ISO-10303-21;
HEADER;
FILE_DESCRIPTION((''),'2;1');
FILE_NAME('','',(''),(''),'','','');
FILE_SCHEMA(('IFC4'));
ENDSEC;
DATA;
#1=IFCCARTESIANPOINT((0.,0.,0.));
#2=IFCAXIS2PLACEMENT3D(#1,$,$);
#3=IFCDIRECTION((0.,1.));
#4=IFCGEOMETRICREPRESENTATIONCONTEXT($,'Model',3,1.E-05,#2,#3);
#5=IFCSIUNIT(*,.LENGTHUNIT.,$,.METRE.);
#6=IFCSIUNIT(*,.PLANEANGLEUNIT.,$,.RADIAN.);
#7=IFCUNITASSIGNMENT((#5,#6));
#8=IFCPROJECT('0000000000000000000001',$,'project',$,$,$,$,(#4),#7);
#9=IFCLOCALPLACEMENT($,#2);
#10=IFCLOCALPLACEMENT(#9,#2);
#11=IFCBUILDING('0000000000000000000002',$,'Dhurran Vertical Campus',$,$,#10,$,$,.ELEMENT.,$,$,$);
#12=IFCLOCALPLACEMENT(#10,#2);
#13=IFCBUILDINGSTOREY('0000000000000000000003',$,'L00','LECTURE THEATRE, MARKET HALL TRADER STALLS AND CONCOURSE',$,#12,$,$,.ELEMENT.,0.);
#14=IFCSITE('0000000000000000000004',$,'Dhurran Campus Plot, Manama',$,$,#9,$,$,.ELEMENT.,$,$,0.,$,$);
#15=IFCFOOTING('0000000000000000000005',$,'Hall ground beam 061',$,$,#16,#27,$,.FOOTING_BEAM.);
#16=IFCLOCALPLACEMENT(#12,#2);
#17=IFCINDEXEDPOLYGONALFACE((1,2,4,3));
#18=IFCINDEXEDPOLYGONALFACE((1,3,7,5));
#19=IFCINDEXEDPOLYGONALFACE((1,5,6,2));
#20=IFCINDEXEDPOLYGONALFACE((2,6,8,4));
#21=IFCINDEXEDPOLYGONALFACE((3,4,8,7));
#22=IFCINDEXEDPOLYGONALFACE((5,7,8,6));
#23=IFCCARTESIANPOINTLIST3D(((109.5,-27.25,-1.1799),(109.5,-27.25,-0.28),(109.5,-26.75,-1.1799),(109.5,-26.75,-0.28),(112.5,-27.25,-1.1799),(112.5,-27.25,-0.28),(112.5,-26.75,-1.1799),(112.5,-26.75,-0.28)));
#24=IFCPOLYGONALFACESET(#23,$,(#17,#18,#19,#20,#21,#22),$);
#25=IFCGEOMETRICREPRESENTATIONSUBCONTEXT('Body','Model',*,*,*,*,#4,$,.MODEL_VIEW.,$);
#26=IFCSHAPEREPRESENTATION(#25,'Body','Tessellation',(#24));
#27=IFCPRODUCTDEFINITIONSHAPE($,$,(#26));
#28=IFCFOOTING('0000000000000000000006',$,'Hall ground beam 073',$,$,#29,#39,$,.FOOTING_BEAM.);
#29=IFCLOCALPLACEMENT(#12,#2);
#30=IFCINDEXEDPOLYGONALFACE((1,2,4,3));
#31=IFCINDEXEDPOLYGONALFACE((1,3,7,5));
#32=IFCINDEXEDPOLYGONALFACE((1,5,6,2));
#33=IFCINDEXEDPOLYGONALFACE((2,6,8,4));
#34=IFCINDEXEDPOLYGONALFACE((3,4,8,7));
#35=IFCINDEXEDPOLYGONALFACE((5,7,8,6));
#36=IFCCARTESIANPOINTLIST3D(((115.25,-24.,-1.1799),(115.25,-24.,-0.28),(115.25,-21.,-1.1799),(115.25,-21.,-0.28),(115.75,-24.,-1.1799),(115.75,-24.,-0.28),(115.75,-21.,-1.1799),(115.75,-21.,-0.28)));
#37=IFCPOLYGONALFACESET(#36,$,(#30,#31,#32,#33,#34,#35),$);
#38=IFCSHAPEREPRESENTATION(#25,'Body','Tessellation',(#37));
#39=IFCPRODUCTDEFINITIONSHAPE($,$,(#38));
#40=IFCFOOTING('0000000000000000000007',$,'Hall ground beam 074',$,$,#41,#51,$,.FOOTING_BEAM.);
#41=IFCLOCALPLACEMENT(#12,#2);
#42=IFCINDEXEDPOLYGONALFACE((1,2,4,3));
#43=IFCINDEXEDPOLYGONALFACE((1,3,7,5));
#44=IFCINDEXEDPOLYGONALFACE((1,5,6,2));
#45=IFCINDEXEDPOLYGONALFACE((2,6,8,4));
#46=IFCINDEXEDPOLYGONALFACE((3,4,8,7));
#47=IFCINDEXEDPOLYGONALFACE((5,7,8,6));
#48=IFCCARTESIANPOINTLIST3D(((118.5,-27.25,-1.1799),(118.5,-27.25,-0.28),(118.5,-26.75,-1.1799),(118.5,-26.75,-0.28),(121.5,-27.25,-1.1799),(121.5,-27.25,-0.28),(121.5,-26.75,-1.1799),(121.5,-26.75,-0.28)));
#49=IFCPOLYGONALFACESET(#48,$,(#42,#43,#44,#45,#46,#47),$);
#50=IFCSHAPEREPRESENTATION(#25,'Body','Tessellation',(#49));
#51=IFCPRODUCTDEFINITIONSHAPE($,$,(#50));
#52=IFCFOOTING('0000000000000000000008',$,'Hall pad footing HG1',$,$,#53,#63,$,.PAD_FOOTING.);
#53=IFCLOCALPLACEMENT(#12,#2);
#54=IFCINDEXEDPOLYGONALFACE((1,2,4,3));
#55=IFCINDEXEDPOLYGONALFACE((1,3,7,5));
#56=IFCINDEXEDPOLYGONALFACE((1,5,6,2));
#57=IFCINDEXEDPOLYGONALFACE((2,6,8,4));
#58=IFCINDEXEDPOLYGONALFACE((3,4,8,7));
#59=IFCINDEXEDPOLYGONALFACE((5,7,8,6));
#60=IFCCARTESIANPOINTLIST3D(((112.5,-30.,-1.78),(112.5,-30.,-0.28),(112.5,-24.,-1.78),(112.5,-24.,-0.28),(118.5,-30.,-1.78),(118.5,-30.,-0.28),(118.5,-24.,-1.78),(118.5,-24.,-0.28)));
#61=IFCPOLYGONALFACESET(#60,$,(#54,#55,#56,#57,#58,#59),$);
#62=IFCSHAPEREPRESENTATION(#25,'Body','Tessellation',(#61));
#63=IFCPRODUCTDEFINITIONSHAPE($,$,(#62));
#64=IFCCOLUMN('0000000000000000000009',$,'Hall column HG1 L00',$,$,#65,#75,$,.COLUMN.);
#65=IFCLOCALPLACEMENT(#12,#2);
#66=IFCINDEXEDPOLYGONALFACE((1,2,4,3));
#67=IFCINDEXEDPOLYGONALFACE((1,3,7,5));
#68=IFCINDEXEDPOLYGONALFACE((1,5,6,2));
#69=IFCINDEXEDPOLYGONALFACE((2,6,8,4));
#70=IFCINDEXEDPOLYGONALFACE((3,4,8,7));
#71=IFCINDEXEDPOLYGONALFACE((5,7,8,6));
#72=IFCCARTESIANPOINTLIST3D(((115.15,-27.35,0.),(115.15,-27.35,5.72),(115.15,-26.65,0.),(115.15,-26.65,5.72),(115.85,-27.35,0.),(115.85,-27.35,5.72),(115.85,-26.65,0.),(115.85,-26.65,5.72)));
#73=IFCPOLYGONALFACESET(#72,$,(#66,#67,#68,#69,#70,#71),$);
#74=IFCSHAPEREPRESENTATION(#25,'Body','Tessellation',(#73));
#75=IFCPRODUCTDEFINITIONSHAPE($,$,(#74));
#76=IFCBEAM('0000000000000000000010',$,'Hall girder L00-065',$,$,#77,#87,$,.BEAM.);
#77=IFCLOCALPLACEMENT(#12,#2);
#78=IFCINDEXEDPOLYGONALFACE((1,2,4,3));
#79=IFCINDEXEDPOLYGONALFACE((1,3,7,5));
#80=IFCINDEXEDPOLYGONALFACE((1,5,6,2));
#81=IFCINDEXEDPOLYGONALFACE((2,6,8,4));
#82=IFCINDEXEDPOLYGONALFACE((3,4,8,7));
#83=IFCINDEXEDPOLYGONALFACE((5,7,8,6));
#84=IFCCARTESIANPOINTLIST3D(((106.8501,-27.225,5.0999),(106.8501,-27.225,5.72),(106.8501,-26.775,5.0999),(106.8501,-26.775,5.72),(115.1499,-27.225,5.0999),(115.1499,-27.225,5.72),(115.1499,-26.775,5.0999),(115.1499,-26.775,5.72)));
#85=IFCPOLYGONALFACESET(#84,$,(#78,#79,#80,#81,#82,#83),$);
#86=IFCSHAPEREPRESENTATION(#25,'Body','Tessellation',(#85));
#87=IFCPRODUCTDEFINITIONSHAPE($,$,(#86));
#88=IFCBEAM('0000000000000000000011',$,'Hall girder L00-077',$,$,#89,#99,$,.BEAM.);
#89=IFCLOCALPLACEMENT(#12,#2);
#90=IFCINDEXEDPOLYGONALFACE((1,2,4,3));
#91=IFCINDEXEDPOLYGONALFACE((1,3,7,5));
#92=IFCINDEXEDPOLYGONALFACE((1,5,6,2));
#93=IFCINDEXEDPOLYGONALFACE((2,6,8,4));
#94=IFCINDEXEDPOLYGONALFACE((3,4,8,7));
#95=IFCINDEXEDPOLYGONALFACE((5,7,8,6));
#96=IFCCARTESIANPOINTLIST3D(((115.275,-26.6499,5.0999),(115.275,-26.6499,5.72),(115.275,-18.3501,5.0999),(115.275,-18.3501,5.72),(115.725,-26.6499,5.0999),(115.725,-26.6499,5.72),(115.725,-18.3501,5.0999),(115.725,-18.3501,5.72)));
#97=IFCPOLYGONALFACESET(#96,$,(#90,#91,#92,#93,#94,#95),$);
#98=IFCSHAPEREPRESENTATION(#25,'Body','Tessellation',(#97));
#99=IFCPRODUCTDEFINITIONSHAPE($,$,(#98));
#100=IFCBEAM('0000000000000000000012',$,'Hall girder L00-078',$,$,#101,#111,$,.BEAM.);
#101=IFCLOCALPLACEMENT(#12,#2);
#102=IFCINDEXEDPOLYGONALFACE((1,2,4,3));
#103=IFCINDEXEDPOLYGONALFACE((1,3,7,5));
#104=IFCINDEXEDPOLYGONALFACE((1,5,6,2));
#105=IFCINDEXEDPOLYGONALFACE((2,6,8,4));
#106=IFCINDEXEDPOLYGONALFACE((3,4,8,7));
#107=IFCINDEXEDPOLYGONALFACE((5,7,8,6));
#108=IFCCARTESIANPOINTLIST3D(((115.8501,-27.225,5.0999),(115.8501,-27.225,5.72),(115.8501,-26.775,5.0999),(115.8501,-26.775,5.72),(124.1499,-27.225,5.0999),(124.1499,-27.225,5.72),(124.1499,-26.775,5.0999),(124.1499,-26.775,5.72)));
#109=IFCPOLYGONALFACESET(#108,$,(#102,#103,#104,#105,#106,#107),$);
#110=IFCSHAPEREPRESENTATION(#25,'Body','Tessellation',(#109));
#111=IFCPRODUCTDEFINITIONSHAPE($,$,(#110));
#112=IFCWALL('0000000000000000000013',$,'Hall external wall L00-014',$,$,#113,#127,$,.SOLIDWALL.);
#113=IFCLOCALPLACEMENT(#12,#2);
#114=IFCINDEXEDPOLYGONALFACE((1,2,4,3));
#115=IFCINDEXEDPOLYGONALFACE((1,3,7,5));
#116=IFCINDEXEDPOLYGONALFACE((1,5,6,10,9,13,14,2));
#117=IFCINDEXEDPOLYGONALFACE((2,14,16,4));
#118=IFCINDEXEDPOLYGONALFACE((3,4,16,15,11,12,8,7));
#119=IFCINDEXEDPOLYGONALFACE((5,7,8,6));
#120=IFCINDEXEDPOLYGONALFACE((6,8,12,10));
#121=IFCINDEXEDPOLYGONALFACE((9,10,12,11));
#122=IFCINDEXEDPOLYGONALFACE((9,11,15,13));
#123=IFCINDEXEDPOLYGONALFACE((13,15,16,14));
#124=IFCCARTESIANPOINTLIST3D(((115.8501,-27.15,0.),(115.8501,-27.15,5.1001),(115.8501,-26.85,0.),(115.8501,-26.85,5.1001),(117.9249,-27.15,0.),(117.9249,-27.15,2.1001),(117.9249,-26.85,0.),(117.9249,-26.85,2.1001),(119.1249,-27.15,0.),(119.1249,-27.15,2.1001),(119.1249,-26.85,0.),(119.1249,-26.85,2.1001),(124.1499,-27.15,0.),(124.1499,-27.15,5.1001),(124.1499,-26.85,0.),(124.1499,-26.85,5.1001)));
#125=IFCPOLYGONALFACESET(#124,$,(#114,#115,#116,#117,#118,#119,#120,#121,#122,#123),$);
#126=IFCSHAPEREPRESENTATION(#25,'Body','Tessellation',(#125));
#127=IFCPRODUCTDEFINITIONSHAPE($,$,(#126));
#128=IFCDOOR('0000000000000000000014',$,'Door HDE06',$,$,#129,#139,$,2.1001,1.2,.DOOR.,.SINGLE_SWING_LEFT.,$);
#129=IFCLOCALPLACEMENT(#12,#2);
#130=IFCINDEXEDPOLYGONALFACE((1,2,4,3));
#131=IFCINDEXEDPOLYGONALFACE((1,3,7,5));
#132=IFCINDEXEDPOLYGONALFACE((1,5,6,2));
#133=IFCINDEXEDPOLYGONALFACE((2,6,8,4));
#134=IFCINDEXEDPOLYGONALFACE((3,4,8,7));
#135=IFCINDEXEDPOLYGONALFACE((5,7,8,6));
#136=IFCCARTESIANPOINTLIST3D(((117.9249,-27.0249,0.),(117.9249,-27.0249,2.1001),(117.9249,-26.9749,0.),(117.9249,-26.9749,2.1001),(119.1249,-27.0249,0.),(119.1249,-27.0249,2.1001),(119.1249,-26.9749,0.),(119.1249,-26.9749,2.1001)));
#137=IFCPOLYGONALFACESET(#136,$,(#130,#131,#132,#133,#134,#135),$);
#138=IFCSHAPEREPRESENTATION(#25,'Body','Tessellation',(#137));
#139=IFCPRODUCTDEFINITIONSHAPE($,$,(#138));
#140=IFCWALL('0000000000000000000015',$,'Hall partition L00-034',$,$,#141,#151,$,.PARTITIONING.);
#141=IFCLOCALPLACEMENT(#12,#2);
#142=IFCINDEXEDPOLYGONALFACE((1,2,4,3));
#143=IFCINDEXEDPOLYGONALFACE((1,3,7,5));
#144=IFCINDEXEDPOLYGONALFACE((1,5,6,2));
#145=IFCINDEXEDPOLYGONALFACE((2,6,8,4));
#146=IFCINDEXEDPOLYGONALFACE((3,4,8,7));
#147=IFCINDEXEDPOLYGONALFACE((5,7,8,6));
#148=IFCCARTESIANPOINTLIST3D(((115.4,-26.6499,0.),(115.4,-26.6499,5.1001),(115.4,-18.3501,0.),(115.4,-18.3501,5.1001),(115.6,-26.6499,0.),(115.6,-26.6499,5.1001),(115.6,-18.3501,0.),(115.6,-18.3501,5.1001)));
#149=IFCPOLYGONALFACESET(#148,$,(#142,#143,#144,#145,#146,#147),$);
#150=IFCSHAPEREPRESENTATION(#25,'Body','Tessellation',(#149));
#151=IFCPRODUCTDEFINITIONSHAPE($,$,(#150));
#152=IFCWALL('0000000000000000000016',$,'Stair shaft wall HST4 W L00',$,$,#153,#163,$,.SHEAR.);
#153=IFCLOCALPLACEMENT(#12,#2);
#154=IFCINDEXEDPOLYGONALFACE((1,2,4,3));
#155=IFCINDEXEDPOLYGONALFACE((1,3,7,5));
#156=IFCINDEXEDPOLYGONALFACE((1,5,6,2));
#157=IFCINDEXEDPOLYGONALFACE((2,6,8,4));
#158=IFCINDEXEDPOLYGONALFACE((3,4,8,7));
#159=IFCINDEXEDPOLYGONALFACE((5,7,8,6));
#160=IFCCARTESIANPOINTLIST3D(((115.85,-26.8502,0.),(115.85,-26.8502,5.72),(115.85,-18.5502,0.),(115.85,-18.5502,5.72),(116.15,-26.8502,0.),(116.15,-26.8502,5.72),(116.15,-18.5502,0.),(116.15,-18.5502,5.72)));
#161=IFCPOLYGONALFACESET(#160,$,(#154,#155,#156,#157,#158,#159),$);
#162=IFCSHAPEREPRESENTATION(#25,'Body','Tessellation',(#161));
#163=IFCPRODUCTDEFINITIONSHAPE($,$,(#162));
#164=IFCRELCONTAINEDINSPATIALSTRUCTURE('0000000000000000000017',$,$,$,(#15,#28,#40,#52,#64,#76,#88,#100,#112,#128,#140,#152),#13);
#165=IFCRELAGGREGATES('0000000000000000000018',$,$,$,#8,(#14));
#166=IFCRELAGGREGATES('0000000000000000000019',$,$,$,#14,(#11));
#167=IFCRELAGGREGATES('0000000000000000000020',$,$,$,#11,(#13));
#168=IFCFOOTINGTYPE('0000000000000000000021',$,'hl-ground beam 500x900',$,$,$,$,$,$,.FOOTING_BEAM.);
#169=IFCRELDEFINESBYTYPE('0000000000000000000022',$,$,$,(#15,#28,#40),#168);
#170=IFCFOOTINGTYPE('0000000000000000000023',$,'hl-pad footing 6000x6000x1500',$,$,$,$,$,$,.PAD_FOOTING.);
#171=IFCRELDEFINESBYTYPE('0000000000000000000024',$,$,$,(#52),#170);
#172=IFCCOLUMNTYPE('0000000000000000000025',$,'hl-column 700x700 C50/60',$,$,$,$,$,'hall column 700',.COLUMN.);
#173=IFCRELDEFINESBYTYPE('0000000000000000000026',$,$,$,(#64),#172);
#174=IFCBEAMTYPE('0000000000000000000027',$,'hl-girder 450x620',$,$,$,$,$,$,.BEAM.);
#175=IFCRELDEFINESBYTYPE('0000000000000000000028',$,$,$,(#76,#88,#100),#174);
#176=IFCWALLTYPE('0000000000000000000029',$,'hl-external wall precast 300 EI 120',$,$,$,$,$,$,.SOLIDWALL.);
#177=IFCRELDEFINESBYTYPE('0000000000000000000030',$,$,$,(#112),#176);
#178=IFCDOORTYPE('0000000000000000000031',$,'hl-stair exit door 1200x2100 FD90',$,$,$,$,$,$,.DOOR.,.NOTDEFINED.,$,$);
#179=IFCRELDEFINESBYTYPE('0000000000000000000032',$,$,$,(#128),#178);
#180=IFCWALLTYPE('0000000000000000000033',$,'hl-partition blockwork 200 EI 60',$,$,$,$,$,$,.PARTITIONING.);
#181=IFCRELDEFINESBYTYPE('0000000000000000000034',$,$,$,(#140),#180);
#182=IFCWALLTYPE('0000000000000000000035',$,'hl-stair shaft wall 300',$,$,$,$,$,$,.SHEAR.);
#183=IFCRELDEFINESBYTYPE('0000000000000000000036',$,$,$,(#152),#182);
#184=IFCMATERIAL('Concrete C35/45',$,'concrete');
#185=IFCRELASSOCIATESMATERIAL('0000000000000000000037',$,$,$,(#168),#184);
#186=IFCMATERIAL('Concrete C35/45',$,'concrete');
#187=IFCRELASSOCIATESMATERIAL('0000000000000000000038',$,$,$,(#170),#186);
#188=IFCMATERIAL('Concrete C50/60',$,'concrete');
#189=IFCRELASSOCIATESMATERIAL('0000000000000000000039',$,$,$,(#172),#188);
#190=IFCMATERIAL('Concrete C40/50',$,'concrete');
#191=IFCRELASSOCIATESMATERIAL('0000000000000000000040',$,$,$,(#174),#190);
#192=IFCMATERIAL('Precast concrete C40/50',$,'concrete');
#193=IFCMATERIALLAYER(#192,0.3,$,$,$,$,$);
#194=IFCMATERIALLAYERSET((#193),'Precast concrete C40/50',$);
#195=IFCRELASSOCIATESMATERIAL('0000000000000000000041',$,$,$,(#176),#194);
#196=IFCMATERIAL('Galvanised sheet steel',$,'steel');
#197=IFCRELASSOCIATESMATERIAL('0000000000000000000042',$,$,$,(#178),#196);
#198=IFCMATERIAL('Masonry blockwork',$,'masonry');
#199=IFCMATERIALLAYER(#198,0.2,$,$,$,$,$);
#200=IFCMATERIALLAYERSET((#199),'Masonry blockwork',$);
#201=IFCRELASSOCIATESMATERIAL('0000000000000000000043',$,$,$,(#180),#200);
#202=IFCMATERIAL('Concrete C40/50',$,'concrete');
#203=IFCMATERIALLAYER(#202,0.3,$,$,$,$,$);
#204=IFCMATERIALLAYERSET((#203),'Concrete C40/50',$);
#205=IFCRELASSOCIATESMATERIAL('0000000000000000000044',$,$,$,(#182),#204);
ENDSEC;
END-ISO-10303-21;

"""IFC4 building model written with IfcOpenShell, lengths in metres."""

from ifc_helpers import new_model, si_unit, direction, frame, frame_2d, origin, origin_2d, place, context, subcontext, project, spatial, rectangle, extrude, material, layer, layer_set, material_profile, profile_set, type_object, element, fill, save


model = new_model("IFC4")

# Units and contexts
model_context = context("Model", 3, precision=1e-05, world=origin(), true_north=direction((0.0, 1.0)))
body_context = subcontext(model_context, "Body", "Model", "MODEL_VIEW")
ifc_project = project(units=[si_unit("LENGTHUNIT", "METRE"), si_unit("PLANEANGLEUNIT", "RADIAN")], contexts=[model_context])

# Site, building, storey
site_placement = place(None, origin())
site = spatial("IfcSite", under=ifc_project, at=site_placement, Name="Dhurran Campus Plot, Manama", CompositionType="ELEMENT", RefElevation=0.0)
building_placement = place(site_placement, origin())
building = spatial("IfcBuilding", under=site, at=building_placement, Name="Dhurran Vertical Campus", CompositionType="ELEMENT")
storey_placement = place(building_placement, origin())
storey = spatial("IfcBuildingStorey", under=building, at=storey_placement, Name="L00", Description="LECTURE THEATRE, MARKET HALL TRADER STALLS AND CONCOURSE", CompositionType="ELEMENT", Elevation=0.0)

# Footings
ifc_material_1 = material(Name="Concrete C35/45", Category="concrete")
ifc_material_profile_1 = material_profile(ifc_material_1, rectangle(XDim=0.5, YDim=0.8999, at=origin_2d()), Name="hl-ground beam 500x900")
ifc_profile_set_1 = profile_set([ifc_material_profile_1], Name="Concrete C35/45")
footing_type_1 = type_object("IfcFootingType", Name="hl-ground beam 500x900", PredefinedType="FOOTING_BEAM", material=ifc_profile_set_1)
for number, where, z_axis, x_axis, name in (
    (1, (109.5, -27.0, -0.73), (1.0, 0.0, 0.0), (0.0, 1.0, 0.0), "Hall ground beam 061"),
    (2, (115.5, -24.0, -0.73), (0.0, 1.0, 0.0), (-1.0, 0.0, 0.0), "Hall ground beam 073"),
    (3, (118.5, -27.0, -0.73), (1.0, 0.0, 0.0), (0.0, 1.0, 0.0), "Hall ground beam 074"),
):
    element("IfcFooting", number, at=place(storey_placement, frame(where, z_axis=z_axis, x_axis=x_axis)), inside=storey, type_object=footing_type_1, Name=name, PredefinedType="FOOTING_BEAM", context=body_context, shape_type="SweptSolid", body=[
        extrude(rectangle(XDim=0.5, YDim=0.8999, at=origin_2d()), origin(), (0.0, 0.0, 1.0), 3.0),
    ])
ifc_material_2 = material(Name="Concrete C35/45", Category="concrete")
footing_type_2 = type_object("IfcFootingType", Name="hl-pad footing 6000x6000x1500", PredefinedType="PAD_FOOTING", material=ifc_material_2)
footing_placement = place(storey_placement, frame((115.5, -27.0, -1.78), z_axis=(0.0, 0.0, 1.0), x_axis=(1.0, 0.0, 0.0)))
element("IfcFooting", 4, at=footing_placement, inside=storey, type_object=footing_type_2, Name="Hall pad footing HG1", PredefinedType="PAD_FOOTING", context=body_context, shape_type="SweptSolid", body=[
    extrude(rectangle(XDim=6.0, YDim=6.0, at=origin_2d()), origin(), (0.0, 0.0, 1.0), 1.5),
])

# Column
ifc_material_3 = material(Name="Concrete C50/60", Category="concrete")
ifc_material_profile_2 = material_profile(ifc_material_3, rectangle(XDim=0.7, YDim=0.7, at=origin_2d()), Name="hl-column 700x700 C50/60")
ifc_profile_set_2 = profile_set([ifc_material_profile_2], Name="Concrete C50/60")
column_type = type_object("IfcColumnType", Name="hl-column 700x700 C50/60", ElementType="hall column 700", PredefinedType="COLUMN", material=ifc_profile_set_2)
column_placement = place(storey_placement, frame((115.5, -27.0, 0.0), z_axis=(0.0, 0.0, 1.0), x_axis=(1.0, 0.0, 0.0)))
element("IfcColumn", 5, at=column_placement, inside=storey, type_object=column_type, Name="Hall column HG1 L00", PredefinedType="COLUMN", context=body_context, shape_type="SweptSolid", body=[
    extrude(rectangle(XDim=0.7, YDim=0.7, at=origin_2d()), origin(), (0.0, 0.0, 1.0), 5.72),
])

# Beams
ifc_material_4 = material(Name="Concrete C40/50", Category="concrete")
ifc_material_profile_3 = material_profile(ifc_material_4, rectangle(XDim=0.45, YDim=0.6201, at=origin_2d()), Name="hl-girder 450x620")
ifc_profile_set_3 = profile_set([ifc_material_profile_3], Name="Concrete C40/50")
beam_type = type_object("IfcBeamType", Name="hl-girder 450x620", PredefinedType="BEAM", material=ifc_profile_set_3)
for number, where, z_axis, x_axis, name in (
    (6, (106.8501, -27.0, 5.4099), (1.0, 0.0, 0.0), (0.0, 1.0, 0.0), "Hall girder L00-065"),
    (7, (115.5, -26.6499, 5.4099), (0.0, 1.0, 0.0), (-1.0, 0.0, 0.0), "Hall girder L00-077"),
    (8, (115.8501, -27.0, 5.4099), (1.0, 0.0, 0.0), (0.0, 1.0, 0.0), "Hall girder L00-078"),
):
    element("IfcBeam", number, at=place(storey_placement, frame(where, z_axis=z_axis, x_axis=x_axis)), inside=storey, type_object=beam_type, Name=name, PredefinedType="BEAM", context=body_context, shape_type="SweptSolid", body=[
        extrude(rectangle(XDim=0.45, YDim=0.6201, at=origin_2d()), origin(), (0.0, 0.0, 1.0), 8.2998),
    ])

# Wall, opening, door
ifc_material_5 = material(Name="Precast concrete C40/50", Category="concrete")
ifc_layer_1 = layer(ifc_material_5, 0.3)
ifc_layer_set_1 = layer_set([ifc_layer_1], Name="Precast concrete C40/50")
wall_type_1 = type_object("IfcWallType", Name="hl-external wall precast 300 EI 120", PredefinedType="SOLIDWALL", material=ifc_layer_set_1)
wall_1_placement = place(storey_placement, frame((115.8501, -27.0, 0.0), z_axis=(0.0, 0.0, 1.0), x_axis=(1.0, 0.0, 0.0)))
wall_1 = element("IfcWall", 9, at=wall_1_placement, inside=storey, type_object=wall_type_1, Name="Hall external wall L00-014", PredefinedType="SOLIDWALL", context=body_context, shape_type="SweptSolid", body=[
    extrude(rectangle(XDim=8.2998, YDim=0.3, at=frame_2d((4.1499, 0.0))), origin(), (0.0, 0.0, 1.0), 5.1001),
])
opening_1_placement = place(wall_1_placement, frame((3.2749, 0.0, 0.0), z_axis=(0.0, 0.0, 1.0), x_axis=(-1.0, 0.0, 0.0)))
opening_1 = element("IfcOpeningElement", 10, at=opening_1_placement, cuts=wall_1, PredefinedType="OPENING", context=body_context, shape_type="SweptSolid", body=[
    extrude(rectangle(XDim=1.2, YDim=2.1001, at=frame_2d((0.6001, 1.05))), frame((0.0, 0.1599, 0.0), z_axis=(0.0, -1.0, 0.0), x_axis=(1.0, 0.0, 0.0)), (0.0, 0.0, 1.0), 0.3201),
])
ifc_material_6 = material(Name="Galvanised sheet steel", Category="steel")
door_type_1 = type_object("IfcDoorType", Name="hl-stair exit door 1200x2100 FD90", OperationType="NOTDEFINED", PredefinedType="DOOR", material=ifc_material_6)
door_1_placement = place(opening_1_placement, origin())
door_1 = element("IfcDoor", 11, at=door_1_placement, inside=storey, type_object=door_type_1, Name="Door HDE06", OperationType="SINGLE_SWING_LEFT", OverallHeight=2.1001, OverallWidth=1.2, PredefinedType="DOOR", context=body_context, shape_type="SweptSolid", body=[
    extrude(rectangle(XDim=1.2, YDim=2.1001, at=frame_2d((0.6001, 1.05))), frame((0.0, 0.0249, 0.0), z_axis=(0.0, -1.0, 0.0), x_axis=(1.0, 0.0, 0.0)), (0.0, 0.0, 1.0), 0.05),
])
fill(opening_1, door_1)

# Walls
ifc_material_7 = material(Name="Masonry blockwork", Category="masonry")
ifc_layer_2 = layer(ifc_material_7, 0.2)
ifc_layer_set_2 = layer_set([ifc_layer_2], Name="Masonry blockwork")
wall_type_2 = type_object("IfcWallType", Name="hl-partition blockwork 200 EI 60", PredefinedType="PARTITIONING", material=ifc_layer_set_2)
wall_2_placement = place(storey_placement, frame((115.5, -26.6499, 0.0), z_axis=(0.0, 0.0, 1.0), x_axis=(0.0, 1.0, 0.0)))
element("IfcWall", 12, at=wall_2_placement, inside=storey, type_object=wall_type_2, Name="Hall partition L00-034", PredefinedType="PARTITIONING", context=body_context, shape_type="SweptSolid", body=[
    extrude(rectangle(XDim=8.2998, YDim=0.2, at=frame_2d((4.1499, 0.0))), origin(), (0.0, 0.0, 1.0), 5.1001),
])
ifc_material_8 = material(Name="Concrete C40/50", Category="concrete")
ifc_layer_3 = layer(ifc_material_8, 0.3)
ifc_layer_set_3 = layer_set([ifc_layer_3], Name="Concrete C40/50")
wall_type_3 = type_object("IfcWallType", Name="hl-stair shaft wall 300", PredefinedType="SHEAR", material=ifc_layer_set_3)
wall_3_placement = place(storey_placement, frame((116.0, -26.8501, 0.0), z_axis=(0.0, 0.0, 1.0), x_axis=(0.0, 1.0, 0.0)))
element("IfcWall", 13, at=wall_3_placement, inside=storey, type_object=wall_type_3, Name="Stair shaft wall HST4 W L00", PredefinedType="SHEAR", context=body_context, shape_type="SweptSolid", body=[
    extrude(rectangle(XDim=8.3, YDim=0.3, at=frame_2d((4.1499, 0.0))), origin(), (0.0, 0.0, 1.0), 5.72),
])

save(model, "model.ifc")
